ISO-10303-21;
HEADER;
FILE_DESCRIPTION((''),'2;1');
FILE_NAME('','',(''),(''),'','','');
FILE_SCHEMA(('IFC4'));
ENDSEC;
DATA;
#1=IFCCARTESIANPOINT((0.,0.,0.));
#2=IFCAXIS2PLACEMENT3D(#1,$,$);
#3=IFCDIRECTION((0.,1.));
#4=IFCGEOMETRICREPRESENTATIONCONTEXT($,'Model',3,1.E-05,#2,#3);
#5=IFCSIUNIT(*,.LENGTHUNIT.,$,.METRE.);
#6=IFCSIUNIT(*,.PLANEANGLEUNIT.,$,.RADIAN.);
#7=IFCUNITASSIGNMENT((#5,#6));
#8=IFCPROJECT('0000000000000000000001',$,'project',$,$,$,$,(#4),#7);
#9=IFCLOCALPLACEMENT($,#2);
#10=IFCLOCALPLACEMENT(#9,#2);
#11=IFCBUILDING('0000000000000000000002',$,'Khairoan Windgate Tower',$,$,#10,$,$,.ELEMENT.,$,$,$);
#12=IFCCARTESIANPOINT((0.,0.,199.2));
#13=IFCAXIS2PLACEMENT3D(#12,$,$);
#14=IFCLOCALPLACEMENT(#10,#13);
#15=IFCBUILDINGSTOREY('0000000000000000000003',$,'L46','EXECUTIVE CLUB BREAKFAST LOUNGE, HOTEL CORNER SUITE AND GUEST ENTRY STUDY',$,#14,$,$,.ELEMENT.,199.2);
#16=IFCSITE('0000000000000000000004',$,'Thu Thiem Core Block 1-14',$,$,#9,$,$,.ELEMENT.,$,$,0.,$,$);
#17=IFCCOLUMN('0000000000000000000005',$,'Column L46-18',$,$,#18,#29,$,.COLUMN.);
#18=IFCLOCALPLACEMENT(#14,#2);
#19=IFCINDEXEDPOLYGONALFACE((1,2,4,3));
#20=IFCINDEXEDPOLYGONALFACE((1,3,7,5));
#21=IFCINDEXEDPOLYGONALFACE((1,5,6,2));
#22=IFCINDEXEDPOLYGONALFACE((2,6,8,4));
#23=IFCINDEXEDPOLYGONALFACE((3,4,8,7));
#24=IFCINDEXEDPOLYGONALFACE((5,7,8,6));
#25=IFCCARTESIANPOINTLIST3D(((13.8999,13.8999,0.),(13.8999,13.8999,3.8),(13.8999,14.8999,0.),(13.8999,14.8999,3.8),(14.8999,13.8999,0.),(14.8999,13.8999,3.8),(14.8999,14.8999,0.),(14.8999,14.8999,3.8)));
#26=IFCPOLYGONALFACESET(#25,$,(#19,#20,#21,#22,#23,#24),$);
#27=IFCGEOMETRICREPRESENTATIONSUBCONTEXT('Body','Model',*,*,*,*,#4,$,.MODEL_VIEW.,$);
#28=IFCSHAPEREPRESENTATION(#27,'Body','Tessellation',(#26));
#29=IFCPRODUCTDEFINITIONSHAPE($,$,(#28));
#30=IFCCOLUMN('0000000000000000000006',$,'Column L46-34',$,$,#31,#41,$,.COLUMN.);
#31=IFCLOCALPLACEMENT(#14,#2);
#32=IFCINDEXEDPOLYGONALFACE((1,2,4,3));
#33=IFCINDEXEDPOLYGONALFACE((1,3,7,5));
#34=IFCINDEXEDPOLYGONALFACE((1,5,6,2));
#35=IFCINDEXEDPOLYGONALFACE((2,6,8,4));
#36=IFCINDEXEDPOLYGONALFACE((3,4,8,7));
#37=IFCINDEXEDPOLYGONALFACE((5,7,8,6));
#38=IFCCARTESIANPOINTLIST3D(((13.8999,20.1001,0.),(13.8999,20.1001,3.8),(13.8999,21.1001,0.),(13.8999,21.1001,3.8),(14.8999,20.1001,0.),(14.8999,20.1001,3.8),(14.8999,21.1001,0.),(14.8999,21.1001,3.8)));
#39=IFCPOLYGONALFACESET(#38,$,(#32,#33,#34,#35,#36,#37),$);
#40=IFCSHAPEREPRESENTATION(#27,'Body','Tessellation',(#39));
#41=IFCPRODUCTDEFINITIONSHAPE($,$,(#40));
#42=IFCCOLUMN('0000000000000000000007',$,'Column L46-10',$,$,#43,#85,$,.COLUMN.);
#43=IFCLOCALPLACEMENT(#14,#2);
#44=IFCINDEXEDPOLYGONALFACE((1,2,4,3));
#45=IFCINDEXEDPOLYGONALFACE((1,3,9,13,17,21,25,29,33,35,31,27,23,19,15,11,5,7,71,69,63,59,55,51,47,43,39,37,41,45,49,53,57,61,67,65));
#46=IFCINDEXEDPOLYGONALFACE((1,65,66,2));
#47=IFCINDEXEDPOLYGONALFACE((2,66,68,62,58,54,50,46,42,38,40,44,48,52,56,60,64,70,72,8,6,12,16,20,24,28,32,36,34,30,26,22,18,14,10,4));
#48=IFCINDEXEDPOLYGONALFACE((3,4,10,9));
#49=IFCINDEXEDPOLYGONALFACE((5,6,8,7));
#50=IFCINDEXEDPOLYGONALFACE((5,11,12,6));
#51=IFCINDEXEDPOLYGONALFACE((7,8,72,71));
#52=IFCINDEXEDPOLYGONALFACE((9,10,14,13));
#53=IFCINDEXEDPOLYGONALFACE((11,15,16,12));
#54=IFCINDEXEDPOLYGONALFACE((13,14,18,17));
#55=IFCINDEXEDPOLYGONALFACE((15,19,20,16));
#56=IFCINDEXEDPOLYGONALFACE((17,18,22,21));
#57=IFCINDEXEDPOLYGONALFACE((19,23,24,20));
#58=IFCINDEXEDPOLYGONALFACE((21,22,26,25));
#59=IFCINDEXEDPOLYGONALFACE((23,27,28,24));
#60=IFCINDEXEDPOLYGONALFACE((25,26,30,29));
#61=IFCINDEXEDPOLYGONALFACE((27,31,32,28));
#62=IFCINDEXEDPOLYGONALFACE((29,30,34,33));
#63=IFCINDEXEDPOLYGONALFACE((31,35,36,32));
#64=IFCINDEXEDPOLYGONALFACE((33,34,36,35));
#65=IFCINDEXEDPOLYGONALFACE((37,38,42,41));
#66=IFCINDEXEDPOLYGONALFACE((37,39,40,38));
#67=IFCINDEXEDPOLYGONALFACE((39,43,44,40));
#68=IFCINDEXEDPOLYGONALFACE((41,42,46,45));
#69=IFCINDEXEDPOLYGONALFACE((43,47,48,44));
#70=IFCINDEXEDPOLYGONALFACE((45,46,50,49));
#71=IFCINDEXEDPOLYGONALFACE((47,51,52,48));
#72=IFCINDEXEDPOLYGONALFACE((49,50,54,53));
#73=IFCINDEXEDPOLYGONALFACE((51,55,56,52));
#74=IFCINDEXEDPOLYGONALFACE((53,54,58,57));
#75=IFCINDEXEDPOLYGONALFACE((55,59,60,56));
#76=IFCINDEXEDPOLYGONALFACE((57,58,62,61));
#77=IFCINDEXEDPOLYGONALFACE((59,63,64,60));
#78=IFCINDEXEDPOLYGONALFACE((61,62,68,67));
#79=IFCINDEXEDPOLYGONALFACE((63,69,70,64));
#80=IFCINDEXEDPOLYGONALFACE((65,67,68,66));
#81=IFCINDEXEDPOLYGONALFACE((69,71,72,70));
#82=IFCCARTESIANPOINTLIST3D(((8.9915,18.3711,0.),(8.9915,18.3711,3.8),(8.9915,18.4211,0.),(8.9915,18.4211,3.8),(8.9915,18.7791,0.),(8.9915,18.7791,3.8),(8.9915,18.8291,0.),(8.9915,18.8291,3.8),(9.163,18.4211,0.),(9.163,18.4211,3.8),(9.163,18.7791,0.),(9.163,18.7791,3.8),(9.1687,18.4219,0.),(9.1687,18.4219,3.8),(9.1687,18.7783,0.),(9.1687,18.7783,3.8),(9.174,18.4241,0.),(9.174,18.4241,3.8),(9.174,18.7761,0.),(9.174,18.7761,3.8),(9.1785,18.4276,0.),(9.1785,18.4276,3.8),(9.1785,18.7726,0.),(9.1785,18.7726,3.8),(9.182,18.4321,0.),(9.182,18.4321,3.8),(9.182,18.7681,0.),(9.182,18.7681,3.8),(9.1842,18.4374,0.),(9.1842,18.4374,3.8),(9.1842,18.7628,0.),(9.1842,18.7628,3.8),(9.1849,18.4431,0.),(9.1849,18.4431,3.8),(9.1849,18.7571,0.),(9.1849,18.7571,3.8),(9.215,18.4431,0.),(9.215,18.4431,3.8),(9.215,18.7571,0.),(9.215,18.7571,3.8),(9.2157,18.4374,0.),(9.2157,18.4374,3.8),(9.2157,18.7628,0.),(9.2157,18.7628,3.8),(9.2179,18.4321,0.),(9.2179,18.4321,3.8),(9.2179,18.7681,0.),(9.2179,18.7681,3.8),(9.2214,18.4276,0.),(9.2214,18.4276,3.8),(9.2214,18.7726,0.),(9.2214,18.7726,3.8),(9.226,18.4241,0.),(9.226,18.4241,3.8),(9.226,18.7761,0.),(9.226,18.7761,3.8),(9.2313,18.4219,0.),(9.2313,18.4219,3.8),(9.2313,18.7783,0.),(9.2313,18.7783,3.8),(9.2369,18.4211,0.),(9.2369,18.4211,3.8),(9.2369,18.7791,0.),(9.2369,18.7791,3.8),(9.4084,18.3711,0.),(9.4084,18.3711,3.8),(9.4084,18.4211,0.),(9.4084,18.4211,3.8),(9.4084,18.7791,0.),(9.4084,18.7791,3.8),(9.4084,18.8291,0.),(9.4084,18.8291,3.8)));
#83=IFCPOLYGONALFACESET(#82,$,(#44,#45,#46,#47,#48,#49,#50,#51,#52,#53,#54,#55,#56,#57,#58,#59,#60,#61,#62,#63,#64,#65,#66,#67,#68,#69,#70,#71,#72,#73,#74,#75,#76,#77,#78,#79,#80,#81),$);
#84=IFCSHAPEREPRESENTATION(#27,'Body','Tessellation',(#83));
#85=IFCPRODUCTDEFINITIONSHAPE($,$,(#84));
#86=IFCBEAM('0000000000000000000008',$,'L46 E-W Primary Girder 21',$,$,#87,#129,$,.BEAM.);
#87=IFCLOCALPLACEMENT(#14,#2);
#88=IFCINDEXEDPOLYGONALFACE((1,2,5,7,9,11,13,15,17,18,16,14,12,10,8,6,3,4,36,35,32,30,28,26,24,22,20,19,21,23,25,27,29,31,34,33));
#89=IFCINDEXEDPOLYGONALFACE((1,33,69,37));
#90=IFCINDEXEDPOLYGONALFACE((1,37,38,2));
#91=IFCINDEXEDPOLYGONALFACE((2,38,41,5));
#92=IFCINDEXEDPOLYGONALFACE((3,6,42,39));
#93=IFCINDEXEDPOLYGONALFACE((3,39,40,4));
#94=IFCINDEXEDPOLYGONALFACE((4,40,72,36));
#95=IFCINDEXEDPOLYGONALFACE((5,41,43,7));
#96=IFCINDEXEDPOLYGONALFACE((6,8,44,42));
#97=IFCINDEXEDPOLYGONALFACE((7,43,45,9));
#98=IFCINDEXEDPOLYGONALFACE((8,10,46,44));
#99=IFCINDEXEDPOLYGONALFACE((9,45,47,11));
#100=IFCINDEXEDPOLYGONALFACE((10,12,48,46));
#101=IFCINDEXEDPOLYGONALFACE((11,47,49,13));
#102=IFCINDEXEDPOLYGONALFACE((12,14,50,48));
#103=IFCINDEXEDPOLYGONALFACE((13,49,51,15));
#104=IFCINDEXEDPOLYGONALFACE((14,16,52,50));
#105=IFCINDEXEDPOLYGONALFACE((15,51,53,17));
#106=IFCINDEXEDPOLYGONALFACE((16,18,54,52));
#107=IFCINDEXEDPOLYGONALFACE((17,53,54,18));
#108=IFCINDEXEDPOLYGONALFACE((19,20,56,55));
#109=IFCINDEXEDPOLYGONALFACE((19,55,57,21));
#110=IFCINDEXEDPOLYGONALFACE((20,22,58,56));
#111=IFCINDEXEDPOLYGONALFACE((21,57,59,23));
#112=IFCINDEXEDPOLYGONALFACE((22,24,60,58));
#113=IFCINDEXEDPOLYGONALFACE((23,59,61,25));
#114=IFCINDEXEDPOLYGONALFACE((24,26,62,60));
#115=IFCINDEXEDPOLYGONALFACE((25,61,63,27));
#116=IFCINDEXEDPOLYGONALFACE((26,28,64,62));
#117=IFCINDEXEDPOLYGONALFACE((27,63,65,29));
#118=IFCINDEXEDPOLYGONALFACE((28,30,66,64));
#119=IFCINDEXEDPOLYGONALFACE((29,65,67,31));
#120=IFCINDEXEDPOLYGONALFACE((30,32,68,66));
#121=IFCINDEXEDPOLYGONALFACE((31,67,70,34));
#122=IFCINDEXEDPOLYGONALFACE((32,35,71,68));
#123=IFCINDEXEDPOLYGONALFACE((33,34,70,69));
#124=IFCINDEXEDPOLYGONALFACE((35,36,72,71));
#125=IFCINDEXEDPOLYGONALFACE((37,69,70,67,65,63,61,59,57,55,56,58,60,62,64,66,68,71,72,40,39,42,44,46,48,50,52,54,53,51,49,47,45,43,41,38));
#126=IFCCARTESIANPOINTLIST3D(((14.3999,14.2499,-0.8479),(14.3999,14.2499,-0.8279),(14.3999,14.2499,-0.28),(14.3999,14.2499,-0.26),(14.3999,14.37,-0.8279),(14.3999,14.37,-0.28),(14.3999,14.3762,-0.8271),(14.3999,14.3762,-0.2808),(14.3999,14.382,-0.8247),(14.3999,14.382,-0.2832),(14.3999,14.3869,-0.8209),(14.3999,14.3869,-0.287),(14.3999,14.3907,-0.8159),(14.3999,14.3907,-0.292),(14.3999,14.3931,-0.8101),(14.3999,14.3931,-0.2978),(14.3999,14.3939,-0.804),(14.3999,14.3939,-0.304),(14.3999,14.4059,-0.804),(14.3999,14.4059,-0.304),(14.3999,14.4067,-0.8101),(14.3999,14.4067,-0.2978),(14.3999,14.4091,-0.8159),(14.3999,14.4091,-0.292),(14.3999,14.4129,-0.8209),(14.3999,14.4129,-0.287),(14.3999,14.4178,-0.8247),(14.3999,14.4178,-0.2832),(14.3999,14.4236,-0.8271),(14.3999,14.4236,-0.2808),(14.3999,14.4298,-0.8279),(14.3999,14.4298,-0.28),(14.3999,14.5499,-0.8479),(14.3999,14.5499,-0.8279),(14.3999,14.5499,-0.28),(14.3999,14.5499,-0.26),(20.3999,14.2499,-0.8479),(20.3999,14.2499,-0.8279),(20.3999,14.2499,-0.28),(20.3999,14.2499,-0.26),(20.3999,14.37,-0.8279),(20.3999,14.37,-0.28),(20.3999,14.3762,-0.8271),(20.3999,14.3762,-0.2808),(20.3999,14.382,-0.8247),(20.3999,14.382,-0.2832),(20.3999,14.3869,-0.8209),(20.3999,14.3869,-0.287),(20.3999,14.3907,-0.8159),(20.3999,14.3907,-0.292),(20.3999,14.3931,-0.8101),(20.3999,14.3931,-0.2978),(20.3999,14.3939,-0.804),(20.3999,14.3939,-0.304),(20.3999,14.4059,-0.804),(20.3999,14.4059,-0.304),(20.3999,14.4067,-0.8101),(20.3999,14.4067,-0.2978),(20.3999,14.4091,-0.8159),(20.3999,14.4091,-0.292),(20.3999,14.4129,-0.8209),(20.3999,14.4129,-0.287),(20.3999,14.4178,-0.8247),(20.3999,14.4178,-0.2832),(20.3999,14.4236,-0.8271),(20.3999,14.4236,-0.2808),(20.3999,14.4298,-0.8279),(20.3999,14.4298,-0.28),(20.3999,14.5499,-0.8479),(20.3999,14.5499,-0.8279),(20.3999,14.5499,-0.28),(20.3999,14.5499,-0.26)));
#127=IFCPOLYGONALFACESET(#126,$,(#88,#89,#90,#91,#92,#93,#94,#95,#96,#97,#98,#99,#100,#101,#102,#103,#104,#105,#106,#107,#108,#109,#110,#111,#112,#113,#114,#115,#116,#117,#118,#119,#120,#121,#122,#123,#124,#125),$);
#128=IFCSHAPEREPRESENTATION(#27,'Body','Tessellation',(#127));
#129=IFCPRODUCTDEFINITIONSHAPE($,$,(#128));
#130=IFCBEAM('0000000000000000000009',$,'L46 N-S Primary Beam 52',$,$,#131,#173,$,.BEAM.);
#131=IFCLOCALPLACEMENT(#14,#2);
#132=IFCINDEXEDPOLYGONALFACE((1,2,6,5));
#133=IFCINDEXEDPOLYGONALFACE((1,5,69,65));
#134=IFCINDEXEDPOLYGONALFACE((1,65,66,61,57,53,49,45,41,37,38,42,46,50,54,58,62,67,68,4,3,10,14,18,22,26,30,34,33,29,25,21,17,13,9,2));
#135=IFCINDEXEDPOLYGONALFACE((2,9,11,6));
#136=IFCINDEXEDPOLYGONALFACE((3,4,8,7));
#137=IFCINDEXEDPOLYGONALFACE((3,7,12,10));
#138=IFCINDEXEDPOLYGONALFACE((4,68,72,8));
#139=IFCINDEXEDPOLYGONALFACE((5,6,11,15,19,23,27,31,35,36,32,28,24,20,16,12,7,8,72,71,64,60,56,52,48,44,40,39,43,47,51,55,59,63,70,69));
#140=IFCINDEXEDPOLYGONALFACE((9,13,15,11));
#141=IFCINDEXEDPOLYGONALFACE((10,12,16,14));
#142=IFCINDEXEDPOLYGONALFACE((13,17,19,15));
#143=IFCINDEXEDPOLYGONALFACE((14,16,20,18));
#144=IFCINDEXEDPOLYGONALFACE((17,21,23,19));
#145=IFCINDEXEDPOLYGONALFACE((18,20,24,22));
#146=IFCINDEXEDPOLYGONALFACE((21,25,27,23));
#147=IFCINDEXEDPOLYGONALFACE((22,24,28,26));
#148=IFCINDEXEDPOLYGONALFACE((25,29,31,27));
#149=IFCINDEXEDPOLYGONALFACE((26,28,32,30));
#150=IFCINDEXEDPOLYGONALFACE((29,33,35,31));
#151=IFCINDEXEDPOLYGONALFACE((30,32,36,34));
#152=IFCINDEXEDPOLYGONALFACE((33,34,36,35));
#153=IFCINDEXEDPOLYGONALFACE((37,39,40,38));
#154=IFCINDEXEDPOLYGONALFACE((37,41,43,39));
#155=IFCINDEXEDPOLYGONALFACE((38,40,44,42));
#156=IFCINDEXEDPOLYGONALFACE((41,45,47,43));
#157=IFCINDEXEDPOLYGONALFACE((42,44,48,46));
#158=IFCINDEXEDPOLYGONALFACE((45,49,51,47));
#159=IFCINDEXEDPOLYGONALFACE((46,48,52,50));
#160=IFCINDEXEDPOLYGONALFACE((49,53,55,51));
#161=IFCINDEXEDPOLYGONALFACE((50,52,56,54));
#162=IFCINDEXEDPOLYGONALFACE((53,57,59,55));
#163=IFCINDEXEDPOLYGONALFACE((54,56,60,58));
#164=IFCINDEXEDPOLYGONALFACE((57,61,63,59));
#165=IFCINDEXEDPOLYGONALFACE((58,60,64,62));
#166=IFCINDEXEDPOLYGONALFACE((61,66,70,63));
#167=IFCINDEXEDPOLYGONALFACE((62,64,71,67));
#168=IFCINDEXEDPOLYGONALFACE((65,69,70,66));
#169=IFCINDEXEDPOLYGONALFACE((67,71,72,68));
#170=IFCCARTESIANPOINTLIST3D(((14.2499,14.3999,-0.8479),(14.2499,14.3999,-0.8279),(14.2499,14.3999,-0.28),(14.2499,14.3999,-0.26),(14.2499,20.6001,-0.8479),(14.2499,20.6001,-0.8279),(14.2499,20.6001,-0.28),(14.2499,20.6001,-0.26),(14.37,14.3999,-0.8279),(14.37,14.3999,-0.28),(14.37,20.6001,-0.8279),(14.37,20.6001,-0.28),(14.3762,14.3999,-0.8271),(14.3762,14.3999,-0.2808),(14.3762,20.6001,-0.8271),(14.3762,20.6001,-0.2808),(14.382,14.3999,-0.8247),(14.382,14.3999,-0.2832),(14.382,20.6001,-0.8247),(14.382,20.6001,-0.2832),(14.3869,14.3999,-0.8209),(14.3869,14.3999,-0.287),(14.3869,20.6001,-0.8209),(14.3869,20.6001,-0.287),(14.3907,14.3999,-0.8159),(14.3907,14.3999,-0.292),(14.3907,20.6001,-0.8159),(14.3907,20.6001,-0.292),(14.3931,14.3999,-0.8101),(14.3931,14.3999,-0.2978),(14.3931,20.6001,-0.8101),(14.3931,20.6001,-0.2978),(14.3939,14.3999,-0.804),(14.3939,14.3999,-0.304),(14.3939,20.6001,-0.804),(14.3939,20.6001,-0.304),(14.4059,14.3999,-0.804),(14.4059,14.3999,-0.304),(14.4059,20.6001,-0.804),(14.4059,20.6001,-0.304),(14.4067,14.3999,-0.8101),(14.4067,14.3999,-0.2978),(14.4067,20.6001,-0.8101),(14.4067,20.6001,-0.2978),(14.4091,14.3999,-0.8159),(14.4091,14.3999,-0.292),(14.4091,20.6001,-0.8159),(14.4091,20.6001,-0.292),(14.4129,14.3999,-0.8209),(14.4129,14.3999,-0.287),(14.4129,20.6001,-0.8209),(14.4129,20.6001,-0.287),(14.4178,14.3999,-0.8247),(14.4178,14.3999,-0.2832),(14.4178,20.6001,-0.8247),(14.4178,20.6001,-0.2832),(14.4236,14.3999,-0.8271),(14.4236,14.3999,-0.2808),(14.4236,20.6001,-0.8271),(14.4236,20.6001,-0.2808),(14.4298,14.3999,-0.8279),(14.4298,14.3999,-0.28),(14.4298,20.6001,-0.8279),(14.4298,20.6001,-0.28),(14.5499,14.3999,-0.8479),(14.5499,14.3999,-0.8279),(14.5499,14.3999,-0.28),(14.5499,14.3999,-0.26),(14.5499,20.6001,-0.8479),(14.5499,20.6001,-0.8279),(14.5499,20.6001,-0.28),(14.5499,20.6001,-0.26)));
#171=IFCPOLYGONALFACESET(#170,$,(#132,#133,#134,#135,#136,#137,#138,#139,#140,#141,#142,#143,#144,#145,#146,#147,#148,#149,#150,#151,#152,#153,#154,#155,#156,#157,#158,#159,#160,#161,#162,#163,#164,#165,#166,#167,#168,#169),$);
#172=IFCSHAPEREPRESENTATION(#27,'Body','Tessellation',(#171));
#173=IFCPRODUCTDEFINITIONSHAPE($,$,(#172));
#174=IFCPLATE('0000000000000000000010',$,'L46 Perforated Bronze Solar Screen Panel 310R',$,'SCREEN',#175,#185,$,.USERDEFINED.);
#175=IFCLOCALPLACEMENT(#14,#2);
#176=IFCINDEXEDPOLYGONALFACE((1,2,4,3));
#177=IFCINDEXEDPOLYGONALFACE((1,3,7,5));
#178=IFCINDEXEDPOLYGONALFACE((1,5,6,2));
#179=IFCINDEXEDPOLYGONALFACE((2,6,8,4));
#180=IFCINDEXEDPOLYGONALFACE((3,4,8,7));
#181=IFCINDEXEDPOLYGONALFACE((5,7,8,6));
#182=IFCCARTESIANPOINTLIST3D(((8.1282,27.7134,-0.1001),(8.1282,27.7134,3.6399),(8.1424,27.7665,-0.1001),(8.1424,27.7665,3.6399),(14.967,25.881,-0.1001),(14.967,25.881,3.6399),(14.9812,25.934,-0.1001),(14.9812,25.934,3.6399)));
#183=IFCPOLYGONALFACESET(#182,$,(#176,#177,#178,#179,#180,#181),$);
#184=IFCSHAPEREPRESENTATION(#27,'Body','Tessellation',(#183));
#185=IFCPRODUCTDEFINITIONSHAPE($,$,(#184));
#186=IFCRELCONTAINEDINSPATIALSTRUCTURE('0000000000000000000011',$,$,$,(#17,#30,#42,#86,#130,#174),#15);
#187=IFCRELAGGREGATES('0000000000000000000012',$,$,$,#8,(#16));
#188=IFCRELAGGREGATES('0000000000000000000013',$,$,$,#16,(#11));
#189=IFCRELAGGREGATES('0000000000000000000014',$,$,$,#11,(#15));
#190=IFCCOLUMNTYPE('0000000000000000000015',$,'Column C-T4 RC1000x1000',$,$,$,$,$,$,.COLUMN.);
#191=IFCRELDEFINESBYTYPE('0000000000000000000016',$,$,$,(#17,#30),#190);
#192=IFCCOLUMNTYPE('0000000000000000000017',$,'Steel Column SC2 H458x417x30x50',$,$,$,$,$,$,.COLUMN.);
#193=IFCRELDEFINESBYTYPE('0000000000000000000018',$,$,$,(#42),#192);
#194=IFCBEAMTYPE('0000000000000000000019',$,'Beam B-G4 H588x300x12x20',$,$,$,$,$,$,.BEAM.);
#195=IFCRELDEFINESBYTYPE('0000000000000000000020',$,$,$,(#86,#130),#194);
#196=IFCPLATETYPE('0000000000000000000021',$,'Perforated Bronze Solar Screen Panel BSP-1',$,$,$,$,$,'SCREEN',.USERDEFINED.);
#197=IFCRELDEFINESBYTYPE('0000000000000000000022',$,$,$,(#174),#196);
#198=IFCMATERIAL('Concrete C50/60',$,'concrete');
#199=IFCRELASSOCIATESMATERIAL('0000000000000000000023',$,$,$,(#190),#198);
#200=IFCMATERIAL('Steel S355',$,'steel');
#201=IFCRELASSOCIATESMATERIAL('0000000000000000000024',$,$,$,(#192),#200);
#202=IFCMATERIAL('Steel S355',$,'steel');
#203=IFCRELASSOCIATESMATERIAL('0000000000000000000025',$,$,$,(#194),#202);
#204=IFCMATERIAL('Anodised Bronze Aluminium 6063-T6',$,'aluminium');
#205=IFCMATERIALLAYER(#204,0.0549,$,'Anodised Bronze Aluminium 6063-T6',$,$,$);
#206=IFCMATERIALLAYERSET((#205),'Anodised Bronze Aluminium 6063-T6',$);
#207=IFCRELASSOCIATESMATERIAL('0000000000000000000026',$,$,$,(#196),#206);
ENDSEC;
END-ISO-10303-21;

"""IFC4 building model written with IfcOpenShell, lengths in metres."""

from ifc_helpers import new_model, si_unit, direction, frame, origin, origin_2d, place, context, subcontext, project, spatial, rectangle, i_section, extrude, material, layer, layer_set, material_profile, profile_set, type_object, element, save


model = new_model("IFC4")

# Units and contexts
model_context = context("Model", 3, precision=1e-05, world=origin(), true_north=direction((0.0, 1.0)))
body_context = subcontext(model_context, "Body", "Model", "MODEL_VIEW")
ifc_project = project(units=[si_unit("LENGTHUNIT", "METRE"), si_unit("PLANEANGLEUNIT", "RADIAN")], contexts=[model_context])

# Site, building, storey
site_placement = place(None, origin())
site = spatial("IfcSite", under=ifc_project, at=site_placement, Name="Thu Thiem Core Block 1-14", CompositionType="ELEMENT", RefElevation=0.0)
building_placement = place(site_placement, origin())
building = spatial("IfcBuilding", under=site, at=building_placement, Name="Khairoan Windgate Tower", CompositionType="ELEMENT")
storey_placement = place(building_placement, frame((0.0, 0.0, 199.2)))
storey = spatial("IfcBuildingStorey", under=building, at=storey_placement, Name="L46", Description="EXECUTIVE CLUB BREAKFAST LOUNGE, HOTEL CORNER SUITE AND GUEST ENTRY STUDY", CompositionType="ELEMENT", Elevation=199.2)

# Columns
ifc_material_1 = material(Name="Concrete C50/60", Category="concrete")
ifc_material_profile_1 = material_profile(ifc_material_1, rectangle(XDim=1.0, YDim=1.0, at=origin_2d()))
ifc_profile_set_1 = profile_set([ifc_material_profile_1], Name="Concrete C50/60")
column_type_1 = type_object("IfcColumnType", Name="Column C-T4 RC1000x1000", PredefinedType="COLUMN", material=ifc_profile_set_1)
for number, where, z_axis, x_axis, name in (
    (1, (14.3999, 14.3999, 0.0), (0.0, 0.0, 1.0), (1.0, 0.0, 0.0), "Column L46-18"),
    (2, (14.3999, 20.6001, 0.0), (0.0, 0.0, 1.0), (1.0, 0.0, 0.0), "Column L46-34"),
):
    element("IfcColumn", number, at=place(storey_placement, frame(where, z_axis=z_axis, x_axis=x_axis)), inside=storey, type_object=column_type_1, Name=name, PredefinedType="COLUMN", context=body_context, shape_type="SweptSolid", body=[
        extrude(rectangle(XDim=1.0, YDim=1.0, at=origin_2d()), origin(), (0.0, 0.0, 1.0), 3.8),
    ])
ifc_material_2 = material(Name="Steel S355", Category="steel")
ifc_material_profile_2 = material_profile(ifc_material_2, i_section(OverallWidth=0.417, OverallDepth=0.458, WebThickness=0.03, FlangeThickness=0.05, FilletRadius=0.022, at=origin_2d()))
ifc_profile_set_2 = profile_set([ifc_material_profile_2], Name="Steel S355")
column_type_2 = type_object("IfcColumnType", Name="Steel Column SC2 H458x417x30x50", PredefinedType="COLUMN", material=ifc_profile_set_2)
column_placement = place(storey_placement, frame((9.2, 18.6001, 0.0), z_axis=(0.0, 0.0, 1.0), x_axis=(1.0, 0.0, 0.0)))
element("IfcColumn", 3, at=column_placement, inside=storey, type_object=column_type_2, Name="Column L46-10", PredefinedType="COLUMN", context=body_context, shape_type="SweptSolid", body=[
    extrude(i_section(OverallWidth=0.417, OverallDepth=0.458, WebThickness=0.03, FlangeThickness=0.05, FilletRadius=0.022, at=origin_2d()), origin(), (0.0, 0.0, 1.0), 3.8),
])

# Beams
ifc_material_3 = material(Name="Steel S355", Category="steel")
ifc_material_profile_3 = material_profile(ifc_material_3, i_section(OverallWidth=0.3, OverallDepth=0.5879, WebThickness=0.012, FlangeThickness=0.02, FilletRadius=0.0239, at=origin_2d()))
ifc_profile_set_3 = profile_set([ifc_material_profile_3], Name="Steel S355")
beam_type = type_object("IfcBeamType", Name="Beam B-G4 H588x300x12x20", PredefinedType="BEAM", material=ifc_profile_set_3)
beam_1_placement = place(storey_placement, frame((14.3999, 14.3999, -0.554), z_axis=(1.0, 0.0, 0.0), x_axis=(0.0, 1.0, 0.0)))
element("IfcBeam", 4, at=beam_1_placement, inside=storey, type_object=beam_type, Name="L46 E-W Primary Girder 21", PredefinedType="BEAM", context=body_context, shape_type="SweptSolid", body=[
    extrude(i_section(OverallWidth=0.3, OverallDepth=0.5879, WebThickness=0.012, FlangeThickness=0.02, FilletRadius=0.0239, at=origin_2d()), origin(), (0.0, 0.0, 1.0), 6.0),
])
beam_2_placement = place(storey_placement, frame((14.3999, 14.3999, -0.554), z_axis=(0.0, 1.0, 0.0), x_axis=(-1.0, 0.0, 0.0)))
element("IfcBeam", 5, at=beam_2_placement, inside=storey, type_object=beam_type, Name="L46 N-S Primary Beam 52", PredefinedType="BEAM", context=body_context, shape_type="SweptSolid", body=[
    extrude(i_section(OverallWidth=0.3, OverallDepth=0.5879, WebThickness=0.012, FlangeThickness=0.02, FilletRadius=0.0239, at=origin_2d()), origin(), (0.0, 0.0, 1.0), 6.2002),
])

# Plate
ifc_material_4 = material(Name="Anodised Bronze Aluminium 6063-T6", Category="aluminium")
ifc_layer_1 = layer(ifc_material_4, 0.0549, Name="Anodised Bronze Aluminium 6063-T6")
ifc_layer_set_1 = layer_set([ifc_layer_1], Name="Anodised Bronze Aluminium 6063-T6")
plate_type = type_object("IfcPlateType", Name="Perforated Bronze Solar Screen Panel BSP-1", ElementType="SCREEN", PredefinedType="USERDEFINED", material=ifc_layer_set_1)
plate_placement = place(storey_placement, frame((11.5547, 26.8237, -0.1001), z_axis=(0.0, 0.0, 1.0), x_axis=(0.965926, -0.258819, 0.0)))
element("IfcPlate", 6, at=plate_placement, inside=storey, type_object=plate_type, Name="L46 Perforated Bronze Solar Screen Panel 310R", ObjectType="SCREEN", PredefinedType="USERDEFINED", context=body_context, shape_type="SweptSolid", body=[
    extrude(rectangle(XDim=7.0801, YDim=0.0549, at=origin_2d()), origin(), (0.0, 0.0, 1.0), 3.74),
])

save(model, "model.ifc")
